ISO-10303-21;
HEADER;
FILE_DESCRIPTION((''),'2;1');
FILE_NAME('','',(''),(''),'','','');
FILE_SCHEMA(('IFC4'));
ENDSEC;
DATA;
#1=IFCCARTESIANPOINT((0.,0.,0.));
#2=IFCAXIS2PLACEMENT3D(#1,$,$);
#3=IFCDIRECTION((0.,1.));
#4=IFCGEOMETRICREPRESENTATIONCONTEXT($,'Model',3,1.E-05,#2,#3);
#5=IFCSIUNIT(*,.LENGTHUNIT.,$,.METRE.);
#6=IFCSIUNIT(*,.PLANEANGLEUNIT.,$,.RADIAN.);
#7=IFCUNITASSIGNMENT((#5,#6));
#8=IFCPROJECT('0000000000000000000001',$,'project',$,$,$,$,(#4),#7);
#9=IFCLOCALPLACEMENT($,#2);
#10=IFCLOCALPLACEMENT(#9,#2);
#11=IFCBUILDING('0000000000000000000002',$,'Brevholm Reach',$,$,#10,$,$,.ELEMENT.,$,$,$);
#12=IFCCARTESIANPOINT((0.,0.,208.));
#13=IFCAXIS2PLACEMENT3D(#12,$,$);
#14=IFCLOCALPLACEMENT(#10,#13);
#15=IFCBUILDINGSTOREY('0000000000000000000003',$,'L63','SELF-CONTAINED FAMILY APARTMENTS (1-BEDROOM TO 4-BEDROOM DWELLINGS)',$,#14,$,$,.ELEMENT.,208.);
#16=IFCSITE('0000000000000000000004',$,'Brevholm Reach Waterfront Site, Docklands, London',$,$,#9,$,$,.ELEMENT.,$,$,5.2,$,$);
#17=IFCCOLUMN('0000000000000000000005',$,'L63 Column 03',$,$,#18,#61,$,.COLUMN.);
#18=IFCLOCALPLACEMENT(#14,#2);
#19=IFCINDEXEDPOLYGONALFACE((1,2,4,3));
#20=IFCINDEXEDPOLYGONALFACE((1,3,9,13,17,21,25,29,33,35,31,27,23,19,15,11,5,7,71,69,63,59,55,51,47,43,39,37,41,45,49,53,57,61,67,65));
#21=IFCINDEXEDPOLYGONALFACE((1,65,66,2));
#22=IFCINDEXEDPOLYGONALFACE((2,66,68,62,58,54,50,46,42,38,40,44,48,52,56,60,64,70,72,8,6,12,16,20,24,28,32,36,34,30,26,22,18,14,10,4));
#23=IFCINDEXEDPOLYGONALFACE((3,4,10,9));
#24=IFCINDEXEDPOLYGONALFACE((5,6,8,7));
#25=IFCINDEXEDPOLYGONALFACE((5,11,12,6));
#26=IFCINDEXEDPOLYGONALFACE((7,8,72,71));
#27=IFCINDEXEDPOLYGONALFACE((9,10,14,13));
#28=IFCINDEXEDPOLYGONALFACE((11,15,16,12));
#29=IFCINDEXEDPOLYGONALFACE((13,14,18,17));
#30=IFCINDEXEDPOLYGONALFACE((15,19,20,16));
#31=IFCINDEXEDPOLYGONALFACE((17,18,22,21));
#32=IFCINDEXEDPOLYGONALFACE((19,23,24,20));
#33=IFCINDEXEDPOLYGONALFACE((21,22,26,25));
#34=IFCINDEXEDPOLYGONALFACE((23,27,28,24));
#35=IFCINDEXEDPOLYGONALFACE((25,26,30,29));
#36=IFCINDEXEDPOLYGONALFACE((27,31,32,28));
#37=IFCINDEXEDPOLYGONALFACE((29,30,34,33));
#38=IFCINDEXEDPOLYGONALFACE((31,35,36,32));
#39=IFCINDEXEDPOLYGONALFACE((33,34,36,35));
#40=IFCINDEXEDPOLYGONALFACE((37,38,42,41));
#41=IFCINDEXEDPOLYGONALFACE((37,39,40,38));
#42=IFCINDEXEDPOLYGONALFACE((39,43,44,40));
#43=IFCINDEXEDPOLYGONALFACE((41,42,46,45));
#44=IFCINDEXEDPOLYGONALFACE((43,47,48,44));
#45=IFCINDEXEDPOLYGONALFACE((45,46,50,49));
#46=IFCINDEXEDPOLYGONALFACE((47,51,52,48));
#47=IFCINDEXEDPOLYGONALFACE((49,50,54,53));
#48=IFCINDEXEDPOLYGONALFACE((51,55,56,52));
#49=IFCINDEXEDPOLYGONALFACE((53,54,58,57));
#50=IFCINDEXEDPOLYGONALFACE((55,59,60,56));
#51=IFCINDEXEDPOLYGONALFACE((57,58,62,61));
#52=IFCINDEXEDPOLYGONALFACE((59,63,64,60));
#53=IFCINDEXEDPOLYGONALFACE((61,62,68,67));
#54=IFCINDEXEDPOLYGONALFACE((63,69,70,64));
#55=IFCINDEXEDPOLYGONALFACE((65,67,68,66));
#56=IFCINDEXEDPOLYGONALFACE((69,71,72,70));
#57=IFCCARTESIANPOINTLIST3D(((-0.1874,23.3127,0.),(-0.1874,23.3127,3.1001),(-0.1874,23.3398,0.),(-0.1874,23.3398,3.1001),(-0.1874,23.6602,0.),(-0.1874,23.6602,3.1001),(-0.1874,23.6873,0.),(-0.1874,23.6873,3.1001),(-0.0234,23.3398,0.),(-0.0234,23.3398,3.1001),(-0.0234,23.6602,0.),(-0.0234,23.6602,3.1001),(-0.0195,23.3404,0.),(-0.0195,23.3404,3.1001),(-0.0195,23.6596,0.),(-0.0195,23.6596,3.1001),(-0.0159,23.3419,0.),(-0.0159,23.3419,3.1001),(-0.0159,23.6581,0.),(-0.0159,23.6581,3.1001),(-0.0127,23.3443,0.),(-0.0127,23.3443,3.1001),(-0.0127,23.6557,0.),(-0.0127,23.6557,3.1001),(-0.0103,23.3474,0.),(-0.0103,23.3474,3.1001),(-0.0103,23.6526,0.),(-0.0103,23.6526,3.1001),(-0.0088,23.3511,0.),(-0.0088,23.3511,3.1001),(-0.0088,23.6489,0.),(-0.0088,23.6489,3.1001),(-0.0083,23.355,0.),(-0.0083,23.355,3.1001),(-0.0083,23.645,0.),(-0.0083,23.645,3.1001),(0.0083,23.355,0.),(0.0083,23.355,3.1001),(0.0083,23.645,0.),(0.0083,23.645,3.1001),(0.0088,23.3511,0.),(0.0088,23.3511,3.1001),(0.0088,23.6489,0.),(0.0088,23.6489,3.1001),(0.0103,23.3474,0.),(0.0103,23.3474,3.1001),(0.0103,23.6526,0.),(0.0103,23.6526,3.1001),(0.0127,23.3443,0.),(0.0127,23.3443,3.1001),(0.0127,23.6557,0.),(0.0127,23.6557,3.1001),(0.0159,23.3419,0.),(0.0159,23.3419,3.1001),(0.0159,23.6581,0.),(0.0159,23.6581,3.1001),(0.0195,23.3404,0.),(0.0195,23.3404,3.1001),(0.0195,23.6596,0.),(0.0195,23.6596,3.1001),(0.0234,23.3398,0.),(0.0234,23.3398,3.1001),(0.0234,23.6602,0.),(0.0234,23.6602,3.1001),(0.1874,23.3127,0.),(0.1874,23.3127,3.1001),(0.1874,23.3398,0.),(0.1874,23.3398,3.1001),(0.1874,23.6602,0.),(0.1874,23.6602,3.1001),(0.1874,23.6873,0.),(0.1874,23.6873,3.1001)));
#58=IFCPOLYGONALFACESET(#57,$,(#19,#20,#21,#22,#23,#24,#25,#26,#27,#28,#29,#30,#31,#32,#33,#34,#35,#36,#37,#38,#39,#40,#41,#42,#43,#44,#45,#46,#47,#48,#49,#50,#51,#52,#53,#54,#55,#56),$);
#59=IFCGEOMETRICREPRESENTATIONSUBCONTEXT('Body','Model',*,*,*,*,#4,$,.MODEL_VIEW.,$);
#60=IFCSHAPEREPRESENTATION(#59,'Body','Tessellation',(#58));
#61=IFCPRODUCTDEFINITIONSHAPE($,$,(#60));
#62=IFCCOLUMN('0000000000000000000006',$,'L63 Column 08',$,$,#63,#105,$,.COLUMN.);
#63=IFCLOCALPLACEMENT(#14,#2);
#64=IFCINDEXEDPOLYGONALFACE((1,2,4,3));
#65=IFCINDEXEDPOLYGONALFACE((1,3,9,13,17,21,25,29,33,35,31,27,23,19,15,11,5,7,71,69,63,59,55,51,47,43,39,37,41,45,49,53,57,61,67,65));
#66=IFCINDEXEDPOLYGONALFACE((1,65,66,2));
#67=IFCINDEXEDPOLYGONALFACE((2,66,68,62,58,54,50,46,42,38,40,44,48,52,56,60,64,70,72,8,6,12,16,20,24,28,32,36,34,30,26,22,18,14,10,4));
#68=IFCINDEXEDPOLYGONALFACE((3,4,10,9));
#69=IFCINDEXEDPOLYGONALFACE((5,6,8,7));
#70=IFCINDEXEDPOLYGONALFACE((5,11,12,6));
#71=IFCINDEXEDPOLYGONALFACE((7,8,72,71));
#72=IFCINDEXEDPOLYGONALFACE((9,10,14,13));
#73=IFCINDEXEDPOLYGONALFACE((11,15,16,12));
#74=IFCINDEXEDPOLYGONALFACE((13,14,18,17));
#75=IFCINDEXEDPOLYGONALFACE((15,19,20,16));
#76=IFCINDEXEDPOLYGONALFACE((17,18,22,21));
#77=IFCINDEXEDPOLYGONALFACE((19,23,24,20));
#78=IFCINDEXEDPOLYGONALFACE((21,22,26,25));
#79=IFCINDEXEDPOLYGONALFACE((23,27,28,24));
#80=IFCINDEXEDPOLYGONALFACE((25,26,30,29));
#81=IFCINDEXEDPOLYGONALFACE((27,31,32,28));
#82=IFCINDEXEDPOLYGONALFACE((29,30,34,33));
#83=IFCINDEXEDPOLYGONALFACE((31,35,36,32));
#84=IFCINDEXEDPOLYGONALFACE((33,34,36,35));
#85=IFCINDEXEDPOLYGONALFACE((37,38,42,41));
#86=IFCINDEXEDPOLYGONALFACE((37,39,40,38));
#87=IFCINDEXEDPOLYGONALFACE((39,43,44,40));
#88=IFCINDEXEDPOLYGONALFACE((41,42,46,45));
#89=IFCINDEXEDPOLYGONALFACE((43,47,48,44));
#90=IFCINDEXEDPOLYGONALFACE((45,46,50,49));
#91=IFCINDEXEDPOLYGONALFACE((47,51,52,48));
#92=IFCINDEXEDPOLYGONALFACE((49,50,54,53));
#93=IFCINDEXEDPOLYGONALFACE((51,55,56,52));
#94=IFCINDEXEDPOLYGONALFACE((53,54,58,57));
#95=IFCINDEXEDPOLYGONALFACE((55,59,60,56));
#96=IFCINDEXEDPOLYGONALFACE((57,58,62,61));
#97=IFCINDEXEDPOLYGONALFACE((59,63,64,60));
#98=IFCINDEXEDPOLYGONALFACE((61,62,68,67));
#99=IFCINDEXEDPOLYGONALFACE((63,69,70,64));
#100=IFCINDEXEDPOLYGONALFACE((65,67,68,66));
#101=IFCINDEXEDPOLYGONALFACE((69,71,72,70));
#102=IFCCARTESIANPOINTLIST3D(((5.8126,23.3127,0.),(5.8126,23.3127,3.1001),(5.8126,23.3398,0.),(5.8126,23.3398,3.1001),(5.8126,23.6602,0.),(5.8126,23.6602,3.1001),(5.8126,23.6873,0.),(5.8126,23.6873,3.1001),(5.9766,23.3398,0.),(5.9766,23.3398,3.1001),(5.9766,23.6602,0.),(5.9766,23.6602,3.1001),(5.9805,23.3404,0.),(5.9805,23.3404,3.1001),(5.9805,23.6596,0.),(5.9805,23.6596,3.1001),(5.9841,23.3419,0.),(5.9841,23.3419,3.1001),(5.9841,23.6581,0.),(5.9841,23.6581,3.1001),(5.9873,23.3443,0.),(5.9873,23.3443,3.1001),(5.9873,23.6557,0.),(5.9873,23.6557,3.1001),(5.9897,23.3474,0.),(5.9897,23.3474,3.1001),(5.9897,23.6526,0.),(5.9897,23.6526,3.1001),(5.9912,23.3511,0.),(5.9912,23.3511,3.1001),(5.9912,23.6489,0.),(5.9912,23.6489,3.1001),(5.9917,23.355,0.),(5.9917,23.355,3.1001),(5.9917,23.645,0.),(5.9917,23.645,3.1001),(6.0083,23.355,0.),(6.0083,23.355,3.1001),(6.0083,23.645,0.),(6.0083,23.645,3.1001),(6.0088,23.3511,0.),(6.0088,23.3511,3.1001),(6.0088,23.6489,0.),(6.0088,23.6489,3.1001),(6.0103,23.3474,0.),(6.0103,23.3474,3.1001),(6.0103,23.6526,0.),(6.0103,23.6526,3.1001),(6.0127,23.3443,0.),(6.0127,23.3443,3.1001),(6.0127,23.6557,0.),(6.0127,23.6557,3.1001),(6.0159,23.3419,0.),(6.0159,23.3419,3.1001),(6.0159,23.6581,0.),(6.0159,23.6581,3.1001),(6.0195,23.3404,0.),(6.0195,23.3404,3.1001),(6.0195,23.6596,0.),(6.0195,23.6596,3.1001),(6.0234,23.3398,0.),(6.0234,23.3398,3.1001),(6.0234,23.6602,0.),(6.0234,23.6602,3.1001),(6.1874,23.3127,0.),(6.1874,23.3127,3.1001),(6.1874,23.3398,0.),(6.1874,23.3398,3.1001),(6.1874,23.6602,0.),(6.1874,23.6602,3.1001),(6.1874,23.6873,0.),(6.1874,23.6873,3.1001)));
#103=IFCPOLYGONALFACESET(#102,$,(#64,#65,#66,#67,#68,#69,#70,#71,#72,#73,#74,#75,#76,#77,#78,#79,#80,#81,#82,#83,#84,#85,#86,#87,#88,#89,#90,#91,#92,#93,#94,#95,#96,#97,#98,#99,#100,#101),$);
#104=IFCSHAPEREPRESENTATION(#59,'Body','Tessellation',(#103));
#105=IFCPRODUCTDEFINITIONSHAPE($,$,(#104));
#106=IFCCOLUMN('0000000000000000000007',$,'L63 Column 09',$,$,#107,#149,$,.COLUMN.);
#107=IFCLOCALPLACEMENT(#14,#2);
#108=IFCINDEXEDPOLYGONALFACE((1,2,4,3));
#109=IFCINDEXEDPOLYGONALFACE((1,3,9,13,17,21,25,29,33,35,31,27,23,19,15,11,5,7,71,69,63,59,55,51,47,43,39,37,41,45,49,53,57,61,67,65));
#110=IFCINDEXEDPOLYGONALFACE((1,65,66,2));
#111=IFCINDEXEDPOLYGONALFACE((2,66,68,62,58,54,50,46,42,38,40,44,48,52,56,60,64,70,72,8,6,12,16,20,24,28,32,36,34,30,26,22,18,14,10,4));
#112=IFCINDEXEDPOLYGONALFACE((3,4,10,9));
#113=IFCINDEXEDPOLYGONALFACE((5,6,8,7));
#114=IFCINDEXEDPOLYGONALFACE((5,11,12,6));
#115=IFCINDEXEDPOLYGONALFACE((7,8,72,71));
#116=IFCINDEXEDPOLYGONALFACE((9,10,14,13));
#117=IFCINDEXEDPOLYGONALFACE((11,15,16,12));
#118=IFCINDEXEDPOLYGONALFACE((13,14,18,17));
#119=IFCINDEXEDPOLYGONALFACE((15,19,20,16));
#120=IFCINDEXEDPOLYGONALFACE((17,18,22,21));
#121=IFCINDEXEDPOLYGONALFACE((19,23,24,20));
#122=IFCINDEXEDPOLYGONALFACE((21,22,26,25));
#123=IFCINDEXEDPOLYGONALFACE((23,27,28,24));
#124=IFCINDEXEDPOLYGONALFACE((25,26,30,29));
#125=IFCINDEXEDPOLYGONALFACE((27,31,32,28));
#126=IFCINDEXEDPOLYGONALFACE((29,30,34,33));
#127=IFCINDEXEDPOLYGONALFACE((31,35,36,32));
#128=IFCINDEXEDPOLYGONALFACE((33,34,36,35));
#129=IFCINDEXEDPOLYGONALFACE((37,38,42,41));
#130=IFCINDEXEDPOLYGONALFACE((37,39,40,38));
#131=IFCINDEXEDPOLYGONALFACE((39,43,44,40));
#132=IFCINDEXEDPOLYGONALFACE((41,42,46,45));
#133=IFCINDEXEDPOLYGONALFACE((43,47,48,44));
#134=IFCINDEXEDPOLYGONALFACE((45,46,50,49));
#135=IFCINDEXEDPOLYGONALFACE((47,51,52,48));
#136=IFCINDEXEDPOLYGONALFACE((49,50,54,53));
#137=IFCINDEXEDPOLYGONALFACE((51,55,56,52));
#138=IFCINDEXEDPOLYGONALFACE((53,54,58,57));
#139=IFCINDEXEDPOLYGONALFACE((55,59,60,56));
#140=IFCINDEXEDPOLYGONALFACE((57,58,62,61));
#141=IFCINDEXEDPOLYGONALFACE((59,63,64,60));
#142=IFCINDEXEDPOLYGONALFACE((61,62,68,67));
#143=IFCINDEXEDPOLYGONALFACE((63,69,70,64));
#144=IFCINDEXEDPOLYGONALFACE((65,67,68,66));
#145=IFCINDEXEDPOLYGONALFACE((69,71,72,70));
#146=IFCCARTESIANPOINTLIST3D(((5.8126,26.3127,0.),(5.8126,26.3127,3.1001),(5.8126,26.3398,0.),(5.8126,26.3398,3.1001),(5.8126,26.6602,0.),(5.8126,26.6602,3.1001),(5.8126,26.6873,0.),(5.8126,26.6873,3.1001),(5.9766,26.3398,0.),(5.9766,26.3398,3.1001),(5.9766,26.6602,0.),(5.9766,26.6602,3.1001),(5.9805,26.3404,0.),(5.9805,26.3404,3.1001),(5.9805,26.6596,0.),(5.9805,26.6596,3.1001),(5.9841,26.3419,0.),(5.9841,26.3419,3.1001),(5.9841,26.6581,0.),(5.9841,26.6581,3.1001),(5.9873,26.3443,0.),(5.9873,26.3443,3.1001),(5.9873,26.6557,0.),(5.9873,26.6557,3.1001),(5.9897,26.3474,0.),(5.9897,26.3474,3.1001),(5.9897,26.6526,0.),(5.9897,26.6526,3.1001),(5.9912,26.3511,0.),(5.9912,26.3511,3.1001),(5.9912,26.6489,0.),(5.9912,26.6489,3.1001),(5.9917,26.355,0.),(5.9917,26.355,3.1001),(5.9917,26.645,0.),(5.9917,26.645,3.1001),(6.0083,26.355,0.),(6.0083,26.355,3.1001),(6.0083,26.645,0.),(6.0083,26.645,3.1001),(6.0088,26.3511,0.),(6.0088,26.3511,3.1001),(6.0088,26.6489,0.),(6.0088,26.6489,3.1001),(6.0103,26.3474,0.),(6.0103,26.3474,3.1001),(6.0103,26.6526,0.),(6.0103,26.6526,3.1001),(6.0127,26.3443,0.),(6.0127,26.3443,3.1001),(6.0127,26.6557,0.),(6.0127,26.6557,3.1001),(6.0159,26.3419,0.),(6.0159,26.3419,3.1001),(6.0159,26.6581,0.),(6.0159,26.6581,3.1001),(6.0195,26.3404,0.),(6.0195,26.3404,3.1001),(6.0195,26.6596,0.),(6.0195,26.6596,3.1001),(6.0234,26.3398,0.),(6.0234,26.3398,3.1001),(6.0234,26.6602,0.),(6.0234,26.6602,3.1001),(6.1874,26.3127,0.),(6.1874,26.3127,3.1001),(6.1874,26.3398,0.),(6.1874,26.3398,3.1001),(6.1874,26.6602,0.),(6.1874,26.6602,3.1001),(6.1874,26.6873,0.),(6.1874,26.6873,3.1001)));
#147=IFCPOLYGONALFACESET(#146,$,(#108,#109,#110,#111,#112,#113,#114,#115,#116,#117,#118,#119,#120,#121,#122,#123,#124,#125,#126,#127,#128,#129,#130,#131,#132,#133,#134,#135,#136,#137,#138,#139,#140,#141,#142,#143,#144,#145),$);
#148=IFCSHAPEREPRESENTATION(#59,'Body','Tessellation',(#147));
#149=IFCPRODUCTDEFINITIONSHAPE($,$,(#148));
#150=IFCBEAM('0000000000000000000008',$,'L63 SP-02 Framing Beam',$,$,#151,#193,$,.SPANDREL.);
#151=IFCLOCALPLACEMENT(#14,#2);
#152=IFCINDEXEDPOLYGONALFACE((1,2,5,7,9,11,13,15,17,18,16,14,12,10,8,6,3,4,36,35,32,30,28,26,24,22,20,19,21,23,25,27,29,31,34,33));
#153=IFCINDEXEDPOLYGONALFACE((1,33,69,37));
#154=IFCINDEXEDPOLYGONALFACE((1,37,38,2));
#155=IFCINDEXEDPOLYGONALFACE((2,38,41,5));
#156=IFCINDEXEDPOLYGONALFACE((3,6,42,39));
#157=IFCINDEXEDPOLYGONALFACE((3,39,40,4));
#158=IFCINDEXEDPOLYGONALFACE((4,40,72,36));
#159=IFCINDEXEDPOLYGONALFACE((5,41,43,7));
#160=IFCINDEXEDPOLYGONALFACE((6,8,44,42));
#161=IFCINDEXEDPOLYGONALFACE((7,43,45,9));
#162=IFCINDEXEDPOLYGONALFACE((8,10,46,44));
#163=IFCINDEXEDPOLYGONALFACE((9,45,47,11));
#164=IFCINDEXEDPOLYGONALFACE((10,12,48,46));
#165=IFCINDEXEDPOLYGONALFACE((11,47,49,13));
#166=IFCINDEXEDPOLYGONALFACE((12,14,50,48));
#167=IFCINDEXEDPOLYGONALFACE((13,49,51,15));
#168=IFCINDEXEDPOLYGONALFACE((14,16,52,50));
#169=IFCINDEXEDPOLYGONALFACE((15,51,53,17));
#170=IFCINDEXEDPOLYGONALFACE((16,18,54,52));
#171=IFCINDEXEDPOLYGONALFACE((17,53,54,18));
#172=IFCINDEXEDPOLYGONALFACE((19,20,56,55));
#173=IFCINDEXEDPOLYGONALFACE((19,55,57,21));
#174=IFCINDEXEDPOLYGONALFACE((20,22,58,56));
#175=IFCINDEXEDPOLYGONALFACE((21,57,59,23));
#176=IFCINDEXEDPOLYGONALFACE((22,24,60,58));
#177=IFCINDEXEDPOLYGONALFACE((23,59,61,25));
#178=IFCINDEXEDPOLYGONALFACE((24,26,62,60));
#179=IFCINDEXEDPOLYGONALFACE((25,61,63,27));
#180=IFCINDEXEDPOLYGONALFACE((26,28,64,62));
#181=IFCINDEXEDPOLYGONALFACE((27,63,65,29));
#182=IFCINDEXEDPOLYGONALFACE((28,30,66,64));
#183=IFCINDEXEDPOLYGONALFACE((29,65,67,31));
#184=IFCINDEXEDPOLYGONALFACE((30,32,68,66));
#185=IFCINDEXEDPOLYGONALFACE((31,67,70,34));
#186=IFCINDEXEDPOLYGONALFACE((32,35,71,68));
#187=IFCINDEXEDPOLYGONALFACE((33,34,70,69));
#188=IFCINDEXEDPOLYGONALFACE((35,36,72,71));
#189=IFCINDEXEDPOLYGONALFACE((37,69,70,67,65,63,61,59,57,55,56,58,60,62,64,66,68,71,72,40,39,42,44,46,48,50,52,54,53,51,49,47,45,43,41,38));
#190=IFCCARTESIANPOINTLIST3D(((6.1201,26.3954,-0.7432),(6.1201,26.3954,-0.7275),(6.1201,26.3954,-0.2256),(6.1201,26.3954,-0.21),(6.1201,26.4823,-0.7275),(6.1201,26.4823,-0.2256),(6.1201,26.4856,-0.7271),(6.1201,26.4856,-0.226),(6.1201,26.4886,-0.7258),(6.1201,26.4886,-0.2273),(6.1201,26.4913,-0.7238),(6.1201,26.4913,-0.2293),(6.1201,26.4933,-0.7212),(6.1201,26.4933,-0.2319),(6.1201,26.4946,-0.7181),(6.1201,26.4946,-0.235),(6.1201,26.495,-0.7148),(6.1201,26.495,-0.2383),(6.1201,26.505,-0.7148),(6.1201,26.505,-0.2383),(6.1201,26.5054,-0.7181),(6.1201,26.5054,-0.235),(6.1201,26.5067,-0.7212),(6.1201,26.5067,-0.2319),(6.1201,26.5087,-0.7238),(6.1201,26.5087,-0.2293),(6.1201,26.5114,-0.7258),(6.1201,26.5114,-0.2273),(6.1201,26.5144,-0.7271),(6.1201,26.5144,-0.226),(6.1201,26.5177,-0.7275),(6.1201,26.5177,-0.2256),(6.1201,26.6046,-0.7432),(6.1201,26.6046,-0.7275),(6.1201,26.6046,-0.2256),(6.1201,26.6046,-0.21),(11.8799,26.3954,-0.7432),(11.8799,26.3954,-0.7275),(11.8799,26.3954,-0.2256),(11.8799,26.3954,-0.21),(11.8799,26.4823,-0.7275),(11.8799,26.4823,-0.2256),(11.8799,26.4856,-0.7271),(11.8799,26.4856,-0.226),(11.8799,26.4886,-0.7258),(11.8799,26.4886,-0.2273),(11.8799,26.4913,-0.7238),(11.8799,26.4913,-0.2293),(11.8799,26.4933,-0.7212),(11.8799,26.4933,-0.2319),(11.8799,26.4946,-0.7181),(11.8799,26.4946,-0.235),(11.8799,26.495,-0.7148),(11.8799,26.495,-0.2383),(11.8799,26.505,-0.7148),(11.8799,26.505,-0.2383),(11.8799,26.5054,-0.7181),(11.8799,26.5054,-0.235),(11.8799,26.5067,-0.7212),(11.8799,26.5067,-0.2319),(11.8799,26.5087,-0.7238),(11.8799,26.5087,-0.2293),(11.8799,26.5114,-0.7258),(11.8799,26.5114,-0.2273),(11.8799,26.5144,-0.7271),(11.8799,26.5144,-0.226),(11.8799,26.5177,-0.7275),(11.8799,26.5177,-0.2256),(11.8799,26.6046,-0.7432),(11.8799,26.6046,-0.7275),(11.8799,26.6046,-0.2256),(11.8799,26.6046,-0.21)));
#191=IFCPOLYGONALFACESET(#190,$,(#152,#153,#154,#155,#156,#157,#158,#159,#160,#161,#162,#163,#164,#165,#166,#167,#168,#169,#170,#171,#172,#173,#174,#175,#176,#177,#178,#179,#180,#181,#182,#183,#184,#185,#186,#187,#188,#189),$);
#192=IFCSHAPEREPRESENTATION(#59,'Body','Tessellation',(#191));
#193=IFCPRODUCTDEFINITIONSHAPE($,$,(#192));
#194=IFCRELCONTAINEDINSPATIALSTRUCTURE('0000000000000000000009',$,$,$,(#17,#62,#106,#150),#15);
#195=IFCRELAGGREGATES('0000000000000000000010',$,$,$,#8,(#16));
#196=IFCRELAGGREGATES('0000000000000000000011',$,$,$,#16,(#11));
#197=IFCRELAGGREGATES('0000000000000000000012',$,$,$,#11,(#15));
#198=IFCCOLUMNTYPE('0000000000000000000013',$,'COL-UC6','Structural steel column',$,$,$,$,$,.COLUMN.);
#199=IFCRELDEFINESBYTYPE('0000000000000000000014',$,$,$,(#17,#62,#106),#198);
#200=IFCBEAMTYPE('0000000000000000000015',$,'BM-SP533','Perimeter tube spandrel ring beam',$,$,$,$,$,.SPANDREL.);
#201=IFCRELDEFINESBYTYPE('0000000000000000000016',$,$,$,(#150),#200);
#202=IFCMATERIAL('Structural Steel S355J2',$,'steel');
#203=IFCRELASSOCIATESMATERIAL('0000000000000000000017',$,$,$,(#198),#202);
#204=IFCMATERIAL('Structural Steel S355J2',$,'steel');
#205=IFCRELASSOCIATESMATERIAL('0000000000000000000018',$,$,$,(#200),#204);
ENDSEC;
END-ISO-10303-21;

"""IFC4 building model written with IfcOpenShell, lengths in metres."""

from ifc_helpers import new_model, si_unit, direction, frame, origin, origin_2d, place, context, subcontext, project, spatial, i_section, extrude, material, material_profile, profile_set, type_object, element, save


model = new_model("IFC4")

# Units and contexts
model_context = context("Model", 3, precision=1e-05, world=origin(), true_north=direction((0.0, 1.0)))
body_context = subcontext(model_context, "Body", "Model", "MODEL_VIEW")
ifc_project = project(units=[si_unit("LENGTHUNIT", "METRE"), si_unit("PLANEANGLEUNIT", "RADIAN")], contexts=[model_context])

# Site, building, storey
site_placement = place(None, origin())
site = spatial("IfcSite", under=ifc_project, at=site_placement, Name="Brevholm Reach Waterfront Site, Docklands, London", CompositionType="ELEMENT", RefElevation=5.2)
building_placement = place(site_placement, origin())
building = spatial("IfcBuilding", under=site, at=building_placement, Name="Brevholm Reach", CompositionType="ELEMENT")
storey_placement = place(building_placement, frame((0.0, 0.0, 208.0)))
storey = spatial("IfcBuildingStorey", under=building, at=storey_placement, Name="L63", Description="SELF-CONTAINED FAMILY APARTMENTS (1-BEDROOM TO 4-BEDROOM DWELLINGS)", CompositionType="ELEMENT", Elevation=208.0)

# Columns
ifc_material_1 = material(Name="Structural Steel S355J2", Category="steel")
ifc_material_profile_1 = material_profile(ifc_material_1, i_section(OverallWidth=0.3748, OverallDepth=0.3745, WebThickness=0.0166, FlangeThickness=0.0271, FilletRadius=0.0151, at=origin_2d()), Name="UKC 356x368x202")
ifc_profile_set_1 = profile_set([ifc_material_profile_1], Name="Structural Steel S355J2")
column_type = type_object("IfcColumnType", Name="COL-UC6", Description="Structural steel column", PredefinedType="COLUMN", material=ifc_profile_set_1)
for number, where, z_axis, x_axis, name in (
    (1, (0.0, 23.5, 0.0), (0.0, 0.0, 1.0), (1.0, 0.0, 0.0), "L63 Column 03"),
    (2, (6.0, 23.5, 0.0), (0.0, 0.0, 1.0), (1.0, 0.0, 0.0), "L63 Column 08"),
    (3, (6.0, 26.5, 0.0), (0.0, 0.0, 1.0), (1.0, 0.0, 0.0), "L63 Column 09"),
):
    element("IfcColumn", number, at=place(storey_placement, frame(where, z_axis=z_axis, x_axis=x_axis)), inside=storey, type_object=column_type, Name=name, PredefinedType="COLUMN", context=body_context, shape_type="SweptSolid", body=[
        extrude(i_section(OverallWidth=0.3748, OverallDepth=0.3745, WebThickness=0.0166, FlangeThickness=0.0271, FilletRadius=0.0151, at=origin_2d()), origin(), (0.0, 0.0, 1.0), 3.1001),
    ])

# Beam
ifc_material_2 = material(Name="Structural Steel S355J2", Category="steel")
ifc_material_profile_2 = material_profile(ifc_material_2, i_section(OverallWidth=0.2092, OverallDepth=0.5332, WebThickness=0.01, FlangeThickness=0.0156, FilletRadius=0.0127, at=origin_2d()), Name="UKB 533x210x92")
ifc_profile_set_2 = profile_set([ifc_material_profile_2], Name="Structural Steel S355J2")
beam_type_1 = type_object("IfcBeamType", Name="BM-SP533", Description="Perimeter tube spandrel ring beam", PredefinedType="SPANDREL", material=ifc_profile_set_2)
beam_1_placement = place(storey_placement, frame((6.1201, 26.5, -0.4766), z_axis=(1.0, 0.0, 0.0), x_axis=(0.0, 1.0, 0.0)))
element("IfcBeam", 4, at=beam_1_placement, inside=storey, type_object=beam_type_1, Name="L63 SP-02 Framing Beam", PredefinedType="SPANDREL", context=body_context, shape_type="SweptSolid", body=[
    extrude(i_section(OverallWidth=0.2092, OverallDepth=0.5332, WebThickness=0.01, FlangeThickness=0.0156, FilletRadius=0.0127, at=origin_2d()), origin(), (0.0, 0.0, 1.0), 5.7598),
])

save(model, "model.ifc")
